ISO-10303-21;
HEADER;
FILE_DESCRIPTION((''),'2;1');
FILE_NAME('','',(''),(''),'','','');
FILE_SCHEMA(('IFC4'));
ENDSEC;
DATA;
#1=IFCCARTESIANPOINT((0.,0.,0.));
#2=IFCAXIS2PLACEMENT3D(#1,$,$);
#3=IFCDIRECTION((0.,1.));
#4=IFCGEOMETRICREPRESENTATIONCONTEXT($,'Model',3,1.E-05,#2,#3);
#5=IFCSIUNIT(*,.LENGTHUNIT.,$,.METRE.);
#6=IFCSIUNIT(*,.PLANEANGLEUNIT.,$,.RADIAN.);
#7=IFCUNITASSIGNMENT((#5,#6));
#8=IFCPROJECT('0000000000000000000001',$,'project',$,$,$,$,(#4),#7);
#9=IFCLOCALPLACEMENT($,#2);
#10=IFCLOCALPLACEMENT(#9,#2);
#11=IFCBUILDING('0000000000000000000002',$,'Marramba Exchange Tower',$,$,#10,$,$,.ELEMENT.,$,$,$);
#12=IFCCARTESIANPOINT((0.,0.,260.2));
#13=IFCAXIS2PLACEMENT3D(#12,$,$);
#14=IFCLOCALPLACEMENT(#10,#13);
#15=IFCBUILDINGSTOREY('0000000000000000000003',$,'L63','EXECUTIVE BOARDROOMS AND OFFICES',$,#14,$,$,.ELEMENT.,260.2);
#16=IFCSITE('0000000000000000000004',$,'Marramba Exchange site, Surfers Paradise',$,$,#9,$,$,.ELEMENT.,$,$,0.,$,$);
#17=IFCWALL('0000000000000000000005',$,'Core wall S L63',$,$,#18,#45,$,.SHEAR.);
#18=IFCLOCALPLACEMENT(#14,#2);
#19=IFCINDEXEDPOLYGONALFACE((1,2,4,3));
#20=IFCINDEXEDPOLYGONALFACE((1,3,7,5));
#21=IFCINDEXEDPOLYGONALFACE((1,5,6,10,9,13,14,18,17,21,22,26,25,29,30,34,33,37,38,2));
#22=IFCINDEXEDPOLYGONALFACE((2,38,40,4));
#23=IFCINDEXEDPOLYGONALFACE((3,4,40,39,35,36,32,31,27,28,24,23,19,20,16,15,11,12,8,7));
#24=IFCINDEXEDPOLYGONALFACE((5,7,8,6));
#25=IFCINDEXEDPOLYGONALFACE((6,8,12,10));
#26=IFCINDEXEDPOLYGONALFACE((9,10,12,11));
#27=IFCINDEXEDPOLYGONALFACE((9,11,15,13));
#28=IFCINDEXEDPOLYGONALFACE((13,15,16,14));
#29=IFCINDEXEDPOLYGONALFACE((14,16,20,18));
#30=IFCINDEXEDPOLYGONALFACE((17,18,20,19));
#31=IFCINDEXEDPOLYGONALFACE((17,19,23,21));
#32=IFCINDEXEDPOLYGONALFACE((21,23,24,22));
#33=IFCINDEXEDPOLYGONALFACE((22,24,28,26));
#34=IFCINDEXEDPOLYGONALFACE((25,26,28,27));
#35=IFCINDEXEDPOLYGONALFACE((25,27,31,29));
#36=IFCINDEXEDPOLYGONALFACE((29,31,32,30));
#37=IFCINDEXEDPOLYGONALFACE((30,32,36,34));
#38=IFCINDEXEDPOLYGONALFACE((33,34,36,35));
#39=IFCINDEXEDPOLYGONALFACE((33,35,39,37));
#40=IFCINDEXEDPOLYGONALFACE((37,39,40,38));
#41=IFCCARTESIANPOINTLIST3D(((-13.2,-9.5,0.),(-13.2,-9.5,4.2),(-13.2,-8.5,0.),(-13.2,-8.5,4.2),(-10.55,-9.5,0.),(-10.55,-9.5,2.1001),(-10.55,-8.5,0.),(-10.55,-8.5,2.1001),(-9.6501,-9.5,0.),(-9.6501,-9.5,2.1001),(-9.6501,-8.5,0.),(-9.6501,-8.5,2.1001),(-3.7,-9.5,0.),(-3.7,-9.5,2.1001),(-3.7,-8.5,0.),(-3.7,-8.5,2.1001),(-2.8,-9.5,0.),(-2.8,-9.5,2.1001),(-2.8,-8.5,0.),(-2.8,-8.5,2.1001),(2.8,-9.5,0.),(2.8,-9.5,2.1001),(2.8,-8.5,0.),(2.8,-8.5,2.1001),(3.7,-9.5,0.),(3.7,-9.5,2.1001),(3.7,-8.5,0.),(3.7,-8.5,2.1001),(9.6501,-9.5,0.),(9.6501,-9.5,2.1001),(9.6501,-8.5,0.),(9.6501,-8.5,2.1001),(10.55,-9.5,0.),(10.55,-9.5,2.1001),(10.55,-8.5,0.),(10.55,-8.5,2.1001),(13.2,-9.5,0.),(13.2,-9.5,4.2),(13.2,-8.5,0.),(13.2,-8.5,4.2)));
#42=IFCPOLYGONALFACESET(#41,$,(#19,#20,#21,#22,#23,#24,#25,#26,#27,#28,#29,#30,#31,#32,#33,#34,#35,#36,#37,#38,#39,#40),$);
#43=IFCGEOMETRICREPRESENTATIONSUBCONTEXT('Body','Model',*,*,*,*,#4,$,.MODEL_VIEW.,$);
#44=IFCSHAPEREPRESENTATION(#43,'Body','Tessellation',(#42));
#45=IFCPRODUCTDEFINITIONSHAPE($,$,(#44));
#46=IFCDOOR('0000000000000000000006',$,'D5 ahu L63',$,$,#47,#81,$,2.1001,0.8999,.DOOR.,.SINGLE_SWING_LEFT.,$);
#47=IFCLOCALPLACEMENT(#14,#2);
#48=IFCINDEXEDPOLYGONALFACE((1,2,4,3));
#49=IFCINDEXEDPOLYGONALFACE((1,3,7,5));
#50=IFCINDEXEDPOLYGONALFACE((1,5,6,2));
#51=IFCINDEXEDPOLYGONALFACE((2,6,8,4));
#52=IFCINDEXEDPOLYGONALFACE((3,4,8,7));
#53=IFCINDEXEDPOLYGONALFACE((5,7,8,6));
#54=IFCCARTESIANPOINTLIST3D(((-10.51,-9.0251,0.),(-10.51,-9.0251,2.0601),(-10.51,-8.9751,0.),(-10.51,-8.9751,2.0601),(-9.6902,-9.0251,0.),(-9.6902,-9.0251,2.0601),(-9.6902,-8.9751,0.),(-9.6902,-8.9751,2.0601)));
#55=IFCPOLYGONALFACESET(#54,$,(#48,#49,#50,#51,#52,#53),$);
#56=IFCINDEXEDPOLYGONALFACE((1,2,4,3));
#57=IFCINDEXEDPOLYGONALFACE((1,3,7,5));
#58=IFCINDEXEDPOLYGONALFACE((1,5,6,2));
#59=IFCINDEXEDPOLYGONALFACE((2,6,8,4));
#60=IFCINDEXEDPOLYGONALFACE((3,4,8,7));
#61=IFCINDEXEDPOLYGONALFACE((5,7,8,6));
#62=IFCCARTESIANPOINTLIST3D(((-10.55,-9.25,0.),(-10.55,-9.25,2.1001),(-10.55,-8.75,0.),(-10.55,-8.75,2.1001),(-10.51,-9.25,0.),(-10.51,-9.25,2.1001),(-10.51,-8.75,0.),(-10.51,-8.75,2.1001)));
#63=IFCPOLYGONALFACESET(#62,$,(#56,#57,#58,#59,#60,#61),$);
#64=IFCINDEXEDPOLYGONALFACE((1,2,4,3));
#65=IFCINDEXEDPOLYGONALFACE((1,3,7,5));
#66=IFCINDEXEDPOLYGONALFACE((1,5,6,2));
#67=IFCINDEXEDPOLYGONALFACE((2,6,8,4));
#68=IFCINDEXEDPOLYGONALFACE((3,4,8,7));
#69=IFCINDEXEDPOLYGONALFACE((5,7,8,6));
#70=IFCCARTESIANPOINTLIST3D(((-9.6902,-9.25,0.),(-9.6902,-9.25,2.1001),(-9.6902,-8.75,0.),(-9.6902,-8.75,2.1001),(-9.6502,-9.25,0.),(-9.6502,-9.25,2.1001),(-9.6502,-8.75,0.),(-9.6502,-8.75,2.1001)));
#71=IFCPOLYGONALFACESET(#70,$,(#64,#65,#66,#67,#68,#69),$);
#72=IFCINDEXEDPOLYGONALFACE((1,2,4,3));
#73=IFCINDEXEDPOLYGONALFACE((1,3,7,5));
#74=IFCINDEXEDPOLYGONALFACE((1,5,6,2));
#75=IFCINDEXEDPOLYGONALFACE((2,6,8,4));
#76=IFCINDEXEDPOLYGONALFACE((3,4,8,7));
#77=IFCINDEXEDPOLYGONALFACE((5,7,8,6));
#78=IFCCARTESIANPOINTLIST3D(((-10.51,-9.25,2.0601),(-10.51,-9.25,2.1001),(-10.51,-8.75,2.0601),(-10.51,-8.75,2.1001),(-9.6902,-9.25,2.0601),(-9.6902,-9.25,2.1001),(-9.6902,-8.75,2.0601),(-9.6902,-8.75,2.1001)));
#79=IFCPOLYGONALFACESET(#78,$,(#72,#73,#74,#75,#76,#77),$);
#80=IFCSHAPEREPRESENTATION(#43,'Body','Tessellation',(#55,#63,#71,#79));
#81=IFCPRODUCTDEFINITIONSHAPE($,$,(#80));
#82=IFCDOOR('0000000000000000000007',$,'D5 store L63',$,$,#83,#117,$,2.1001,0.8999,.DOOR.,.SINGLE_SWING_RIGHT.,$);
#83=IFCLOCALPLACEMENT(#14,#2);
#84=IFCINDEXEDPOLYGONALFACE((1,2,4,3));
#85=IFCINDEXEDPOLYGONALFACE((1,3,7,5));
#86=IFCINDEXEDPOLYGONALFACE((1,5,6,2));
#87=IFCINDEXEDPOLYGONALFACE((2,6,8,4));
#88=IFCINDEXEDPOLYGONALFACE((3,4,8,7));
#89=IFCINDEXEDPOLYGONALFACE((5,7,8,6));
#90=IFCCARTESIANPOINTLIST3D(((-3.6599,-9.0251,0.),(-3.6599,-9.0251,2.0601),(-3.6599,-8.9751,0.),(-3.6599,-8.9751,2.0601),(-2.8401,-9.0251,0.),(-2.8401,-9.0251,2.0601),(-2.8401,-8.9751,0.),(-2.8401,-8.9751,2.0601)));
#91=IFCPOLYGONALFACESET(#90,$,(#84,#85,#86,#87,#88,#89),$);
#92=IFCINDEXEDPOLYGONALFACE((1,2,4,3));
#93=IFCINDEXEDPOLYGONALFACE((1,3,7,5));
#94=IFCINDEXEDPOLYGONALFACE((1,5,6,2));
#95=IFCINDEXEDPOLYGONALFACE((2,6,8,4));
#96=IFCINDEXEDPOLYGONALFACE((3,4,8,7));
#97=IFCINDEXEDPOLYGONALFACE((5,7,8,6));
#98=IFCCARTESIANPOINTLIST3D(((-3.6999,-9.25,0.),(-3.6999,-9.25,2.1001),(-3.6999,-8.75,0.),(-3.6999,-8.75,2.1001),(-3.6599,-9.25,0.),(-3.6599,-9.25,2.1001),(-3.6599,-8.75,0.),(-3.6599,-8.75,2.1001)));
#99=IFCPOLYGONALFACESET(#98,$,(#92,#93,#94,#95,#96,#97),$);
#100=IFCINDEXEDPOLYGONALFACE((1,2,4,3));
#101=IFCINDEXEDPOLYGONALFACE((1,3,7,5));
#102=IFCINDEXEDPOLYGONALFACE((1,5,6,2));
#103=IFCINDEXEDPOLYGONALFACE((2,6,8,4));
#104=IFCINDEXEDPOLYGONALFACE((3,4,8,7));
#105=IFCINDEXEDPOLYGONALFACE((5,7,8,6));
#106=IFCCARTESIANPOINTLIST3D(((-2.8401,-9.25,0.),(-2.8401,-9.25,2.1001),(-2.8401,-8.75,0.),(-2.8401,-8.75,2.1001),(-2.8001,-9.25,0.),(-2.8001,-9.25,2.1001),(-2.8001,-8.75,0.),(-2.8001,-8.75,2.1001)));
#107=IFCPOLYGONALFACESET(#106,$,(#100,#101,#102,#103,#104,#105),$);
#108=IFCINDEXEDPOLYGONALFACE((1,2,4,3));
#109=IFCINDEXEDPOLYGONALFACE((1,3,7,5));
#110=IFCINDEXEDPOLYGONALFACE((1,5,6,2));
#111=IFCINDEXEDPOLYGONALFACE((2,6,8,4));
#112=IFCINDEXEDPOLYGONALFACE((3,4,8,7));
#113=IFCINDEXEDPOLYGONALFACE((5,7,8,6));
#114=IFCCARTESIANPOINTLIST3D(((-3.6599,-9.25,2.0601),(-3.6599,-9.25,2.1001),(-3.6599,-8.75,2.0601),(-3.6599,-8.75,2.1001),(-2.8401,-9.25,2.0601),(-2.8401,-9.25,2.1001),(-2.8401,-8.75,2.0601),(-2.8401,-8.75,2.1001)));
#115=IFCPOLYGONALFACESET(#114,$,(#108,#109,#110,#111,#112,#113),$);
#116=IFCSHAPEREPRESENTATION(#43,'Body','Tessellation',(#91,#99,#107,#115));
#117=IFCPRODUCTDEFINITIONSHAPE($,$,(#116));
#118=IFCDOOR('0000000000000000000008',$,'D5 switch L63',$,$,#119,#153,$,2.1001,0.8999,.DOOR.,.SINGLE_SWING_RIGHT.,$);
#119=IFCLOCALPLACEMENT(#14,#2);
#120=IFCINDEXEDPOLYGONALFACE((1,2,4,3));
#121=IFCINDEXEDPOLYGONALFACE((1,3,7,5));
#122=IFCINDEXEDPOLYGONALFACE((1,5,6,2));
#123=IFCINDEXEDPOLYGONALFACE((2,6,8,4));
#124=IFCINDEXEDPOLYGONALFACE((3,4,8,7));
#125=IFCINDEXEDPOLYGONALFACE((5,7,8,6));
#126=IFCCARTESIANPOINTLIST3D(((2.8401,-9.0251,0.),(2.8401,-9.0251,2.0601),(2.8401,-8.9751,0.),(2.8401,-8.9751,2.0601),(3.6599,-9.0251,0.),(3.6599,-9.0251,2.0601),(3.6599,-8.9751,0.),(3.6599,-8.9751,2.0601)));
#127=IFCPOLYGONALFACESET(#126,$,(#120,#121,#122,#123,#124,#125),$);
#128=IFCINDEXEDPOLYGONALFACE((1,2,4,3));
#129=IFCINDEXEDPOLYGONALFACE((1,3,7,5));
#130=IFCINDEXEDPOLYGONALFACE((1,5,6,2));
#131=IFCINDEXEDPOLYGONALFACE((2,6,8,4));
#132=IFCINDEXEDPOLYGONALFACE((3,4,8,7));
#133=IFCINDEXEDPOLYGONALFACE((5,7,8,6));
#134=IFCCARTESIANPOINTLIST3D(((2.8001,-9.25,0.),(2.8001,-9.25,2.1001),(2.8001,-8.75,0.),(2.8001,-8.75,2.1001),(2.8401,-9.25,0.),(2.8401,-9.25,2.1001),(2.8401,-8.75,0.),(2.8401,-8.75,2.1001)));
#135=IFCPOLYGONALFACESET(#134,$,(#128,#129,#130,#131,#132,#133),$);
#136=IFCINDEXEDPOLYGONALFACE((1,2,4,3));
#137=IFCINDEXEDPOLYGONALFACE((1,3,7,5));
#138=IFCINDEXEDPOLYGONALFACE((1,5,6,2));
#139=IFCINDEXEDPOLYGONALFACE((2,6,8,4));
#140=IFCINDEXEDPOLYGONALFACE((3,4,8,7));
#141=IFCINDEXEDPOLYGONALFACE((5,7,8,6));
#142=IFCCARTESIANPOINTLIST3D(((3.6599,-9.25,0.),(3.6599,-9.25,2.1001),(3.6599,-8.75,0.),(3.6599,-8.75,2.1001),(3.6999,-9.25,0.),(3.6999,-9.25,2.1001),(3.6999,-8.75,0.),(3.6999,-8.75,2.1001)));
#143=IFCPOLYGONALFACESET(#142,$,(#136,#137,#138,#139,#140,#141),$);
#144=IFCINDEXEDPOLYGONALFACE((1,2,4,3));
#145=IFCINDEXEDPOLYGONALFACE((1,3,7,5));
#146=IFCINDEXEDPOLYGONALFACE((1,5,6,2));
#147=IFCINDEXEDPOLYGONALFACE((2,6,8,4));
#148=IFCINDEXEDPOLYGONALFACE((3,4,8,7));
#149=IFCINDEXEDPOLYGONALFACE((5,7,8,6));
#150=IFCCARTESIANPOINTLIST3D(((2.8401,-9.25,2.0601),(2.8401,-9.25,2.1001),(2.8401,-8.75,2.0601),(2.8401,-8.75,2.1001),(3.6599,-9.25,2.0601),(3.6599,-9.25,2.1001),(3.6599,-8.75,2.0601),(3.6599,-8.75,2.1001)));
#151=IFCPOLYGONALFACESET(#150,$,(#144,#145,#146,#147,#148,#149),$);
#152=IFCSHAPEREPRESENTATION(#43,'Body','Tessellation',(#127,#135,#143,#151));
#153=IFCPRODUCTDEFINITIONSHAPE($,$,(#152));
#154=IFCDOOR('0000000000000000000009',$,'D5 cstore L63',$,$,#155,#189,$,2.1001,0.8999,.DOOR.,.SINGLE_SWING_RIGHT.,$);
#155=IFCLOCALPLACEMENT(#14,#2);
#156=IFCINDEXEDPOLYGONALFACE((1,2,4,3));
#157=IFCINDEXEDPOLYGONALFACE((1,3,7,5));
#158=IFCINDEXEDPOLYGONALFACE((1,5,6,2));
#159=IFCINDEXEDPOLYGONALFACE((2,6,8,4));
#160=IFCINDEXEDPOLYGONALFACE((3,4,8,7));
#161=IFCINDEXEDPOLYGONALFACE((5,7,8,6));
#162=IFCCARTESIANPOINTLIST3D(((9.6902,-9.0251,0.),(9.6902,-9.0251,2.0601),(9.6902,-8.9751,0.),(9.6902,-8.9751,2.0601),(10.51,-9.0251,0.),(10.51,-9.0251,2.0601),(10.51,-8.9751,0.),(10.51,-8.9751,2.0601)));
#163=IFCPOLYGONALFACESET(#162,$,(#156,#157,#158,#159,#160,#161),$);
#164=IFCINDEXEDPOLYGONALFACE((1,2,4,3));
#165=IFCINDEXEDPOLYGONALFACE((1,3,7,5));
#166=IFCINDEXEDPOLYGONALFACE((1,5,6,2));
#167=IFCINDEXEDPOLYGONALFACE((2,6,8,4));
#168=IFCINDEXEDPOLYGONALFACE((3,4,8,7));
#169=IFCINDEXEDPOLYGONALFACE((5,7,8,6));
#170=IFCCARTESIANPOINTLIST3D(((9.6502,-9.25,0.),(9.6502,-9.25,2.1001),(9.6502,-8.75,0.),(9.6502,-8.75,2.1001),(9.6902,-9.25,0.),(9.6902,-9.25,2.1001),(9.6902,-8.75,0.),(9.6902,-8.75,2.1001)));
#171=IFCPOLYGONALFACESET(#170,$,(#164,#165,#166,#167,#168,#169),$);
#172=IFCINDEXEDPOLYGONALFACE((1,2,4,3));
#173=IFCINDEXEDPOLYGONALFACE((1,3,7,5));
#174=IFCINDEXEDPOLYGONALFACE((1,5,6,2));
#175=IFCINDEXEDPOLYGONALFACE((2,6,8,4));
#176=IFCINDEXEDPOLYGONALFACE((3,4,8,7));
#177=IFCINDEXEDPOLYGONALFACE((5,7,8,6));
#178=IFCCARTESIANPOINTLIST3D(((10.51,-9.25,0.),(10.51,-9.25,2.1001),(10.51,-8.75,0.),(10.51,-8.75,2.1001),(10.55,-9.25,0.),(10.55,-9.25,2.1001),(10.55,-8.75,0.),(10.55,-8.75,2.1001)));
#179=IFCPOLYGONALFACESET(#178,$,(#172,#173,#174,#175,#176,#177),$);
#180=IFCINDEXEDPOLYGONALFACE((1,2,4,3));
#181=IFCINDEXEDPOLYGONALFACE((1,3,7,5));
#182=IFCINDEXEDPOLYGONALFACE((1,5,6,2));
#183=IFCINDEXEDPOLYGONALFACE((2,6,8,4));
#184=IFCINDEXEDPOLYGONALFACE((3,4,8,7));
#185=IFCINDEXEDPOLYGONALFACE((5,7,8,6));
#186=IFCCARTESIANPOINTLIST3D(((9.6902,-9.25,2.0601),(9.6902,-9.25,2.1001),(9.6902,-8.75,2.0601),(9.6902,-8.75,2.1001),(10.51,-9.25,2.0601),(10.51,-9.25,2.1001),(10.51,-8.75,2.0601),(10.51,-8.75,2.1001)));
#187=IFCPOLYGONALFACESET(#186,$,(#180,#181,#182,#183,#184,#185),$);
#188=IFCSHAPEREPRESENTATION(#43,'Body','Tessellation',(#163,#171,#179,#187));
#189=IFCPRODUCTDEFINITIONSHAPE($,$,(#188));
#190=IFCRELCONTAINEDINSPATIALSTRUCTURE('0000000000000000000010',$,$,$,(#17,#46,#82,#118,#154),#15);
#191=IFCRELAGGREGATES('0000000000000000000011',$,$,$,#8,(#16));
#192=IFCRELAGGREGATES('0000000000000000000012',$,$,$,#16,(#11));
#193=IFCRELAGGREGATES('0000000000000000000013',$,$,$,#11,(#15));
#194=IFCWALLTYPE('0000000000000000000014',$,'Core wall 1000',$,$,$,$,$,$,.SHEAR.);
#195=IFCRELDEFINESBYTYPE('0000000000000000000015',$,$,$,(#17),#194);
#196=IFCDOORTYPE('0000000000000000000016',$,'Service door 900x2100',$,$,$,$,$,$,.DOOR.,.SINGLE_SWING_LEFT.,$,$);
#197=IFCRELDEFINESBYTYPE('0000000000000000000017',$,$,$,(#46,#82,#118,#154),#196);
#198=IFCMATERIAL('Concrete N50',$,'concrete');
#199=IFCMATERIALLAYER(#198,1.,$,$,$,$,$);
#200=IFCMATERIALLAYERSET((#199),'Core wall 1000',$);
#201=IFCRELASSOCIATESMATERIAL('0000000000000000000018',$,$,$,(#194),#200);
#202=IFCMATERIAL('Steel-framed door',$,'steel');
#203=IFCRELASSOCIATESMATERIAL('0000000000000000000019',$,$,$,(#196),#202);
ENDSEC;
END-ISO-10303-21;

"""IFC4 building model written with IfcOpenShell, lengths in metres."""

from ifc_helpers import new_model, si_unit, direction, frame, frame_2d, origin, place, context, subcontext, project, spatial, rectangle, extrude, material, layer, layer_set, type_object, element, fill, save


model = new_model("IFC4")

# Units and contexts
model_context = context("Model", 3, precision=1e-05, world=origin(), true_north=direction((0.0, 1.0)))
body_context = subcontext(model_context, "Body", "Model", "MODEL_VIEW")
ifc_project = project(units=[si_unit("LENGTHUNIT", "METRE"), si_unit("PLANEANGLEUNIT", "RADIAN")], contexts=[model_context])

# Site, building, storey
site_placement = place(None, origin())
site = spatial("IfcSite", under=ifc_project, at=site_placement, Name="Marramba Exchange site, Surfers Paradise", CompositionType="ELEMENT", RefElevation=0.0)
building_placement = place(site_placement, origin())
building = spatial("IfcBuilding", under=site, at=building_placement, Name="Marramba Exchange Tower", CompositionType="ELEMENT")
storey_placement = place(building_placement, frame((0.0, 0.0, 260.2)))
storey = spatial("IfcBuildingStorey", under=building, at=storey_placement, Name="L63", Description="EXECUTIVE BOARDROOMS AND OFFICES", CompositionType="ELEMENT", Elevation=260.2)

# Shared definitions
ifc_material_1 = material(Name="Concrete N50", Category="concrete")

# Wall, openings, doors
ifc_layer_1 = layer(ifc_material_1, 1.0)
ifc_layer_set_1 = layer_set([ifc_layer_1], Name="Core wall 1000")
wall_type = type_object("IfcWallType", Name="Core wall 1000", PredefinedType="SHEAR", material=ifc_layer_set_1)
wall_placement = place(storey_placement, frame((-13.2, -9.0, 0.0), z_axis=(0.0, 0.0, 1.0), x_axis=(1.0, 0.0, 0.0)))
wall = element("IfcWall", 1, at=wall_placement, inside=storey, type_object=wall_type, Name="Core wall S L63", PredefinedType="SHEAR", context=body_context, shape_type="SweptSolid", body=[
    extrude(rectangle(XDim=26.3999, YDim=1.0, at=frame_2d((13.2, 0.0))), origin(), (0.0, 0.0, 1.0), 4.2),
])
opening_1_placement = place(wall_placement, frame((2.6499, 0.0, 0.0)))
opening_1 = element("IfcOpeningElement", 2, at=opening_1_placement, cuts=wall, PredefinedType="OPENING", context=body_context, shape_type="SweptSolid", body=[
    extrude(rectangle(XDim=0.8999, YDim=2.1001, at=frame_2d((0.45, 1.05))), frame((0.0, 0.51, 0.0), z_axis=(0.0, -1.0, 0.0), x_axis=(1.0, 0.0, 0.0)), (0.0, 0.0, 1.0), 1.02),
])
opening_2_placement = place(wall_placement, frame((9.5, 0.0, 0.0)))
opening_2 = element("IfcOpeningElement", 3, at=opening_2_placement, cuts=wall, PredefinedType="OPENING", context=body_context, shape_type="SweptSolid", body=[
    extrude(rectangle(XDim=0.8999, YDim=2.1001, at=frame_2d((0.45, 1.05))), frame((0.0, 0.51, 0.0), z_axis=(0.0, -1.0, 0.0), x_axis=(1.0, 0.0, 0.0)), (0.0, 0.0, 1.0), 1.02),
])
opening_3_placement = place(wall_placement, frame((16.0, 0.0, 0.0)))
opening_3 = element("IfcOpeningElement", 4, at=opening_3_placement, cuts=wall, PredefinedType="OPENING", context=body_context, shape_type="SweptSolid", body=[
    extrude(rectangle(XDim=0.8999, YDim=2.1001, at=frame_2d((0.45, 1.05))), frame((0.0, 0.51, 0.0), z_axis=(0.0, -1.0, 0.0), x_axis=(1.0, 0.0, 0.0)), (0.0, 0.0, 1.0), 1.02),
])
opening_4_placement = place(wall_placement, frame((22.8501, 0.0, 0.0)))
opening_4 = element("IfcOpeningElement", 5, at=opening_4_placement, cuts=wall, PredefinedType="OPENING", context=body_context, shape_type="SweptSolid", body=[
    extrude(rectangle(XDim=0.8999, YDim=2.1001, at=frame_2d((0.45, 1.05))), frame((0.0, 0.51, 0.0), z_axis=(0.0, -1.0, 0.0), x_axis=(1.0, 0.0, 0.0)), (0.0, 0.0, 1.0), 1.02),
])
ifc_material_2 = material(Name="Steel-framed door", Category="steel")
door_type = type_object("IfcDoorType", Name="Service door 900x2100", OperationType="SINGLE_SWING_LEFT", PredefinedType="DOOR", material=ifc_material_2)
door_1_placement = place(opening_1_placement, origin())
door_1 = element("IfcDoor", 6, at=door_1_placement, inside=storey, type_object=door_type, Name="D5 ahu L63", OperationType="SINGLE_SWING_LEFT", OverallHeight=2.1001, OverallWidth=0.8999, PredefinedType="DOOR", context=body_context, shape_type="SweptSolid", body=[
    extrude(rectangle(XDim=0.8198, YDim=2.0601, at=frame_2d((0.45, 1.03))), frame((0.0, 0.0249, 0.0), z_axis=(0.0, -1.0, 0.0), x_axis=(1.0, 0.0, 0.0)), (0.0, 0.0, 1.0), 0.05),
    extrude(rectangle(XDim=0.04, YDim=2.1001, at=frame_2d((0.02, 1.05))), frame((0.0, 0.25, 0.0), z_axis=(0.0, -1.0, 0.0), x_axis=(1.0, 0.0, 0.0)), (0.0, 0.0, 1.0), 0.5),
    extrude(rectangle(XDim=0.04, YDim=2.1001, at=frame_2d((0.8799, 1.05))), frame((0.0, 0.25, 0.0), z_axis=(0.0, -1.0, 0.0), x_axis=(1.0, 0.0, 0.0)), (0.0, 0.0, 1.0), 0.5),
    extrude(rectangle(XDim=0.8198, YDim=0.04, at=frame_2d((0.45, 2.0801))), frame((0.0, 0.25, 0.0), z_axis=(0.0, -1.0, 0.0), x_axis=(1.0, 0.0, 0.0)), (0.0, 0.0, 1.0), 0.5),
])
fill(opening_1, door_1)
door_2_placement = place(opening_2_placement, origin())
door_2 = element("IfcDoor", 7, at=door_2_placement, inside=storey, type_object=door_type, Name="D5 store L63", OperationType="SINGLE_SWING_RIGHT", OverallHeight=2.1001, OverallWidth=0.8999, PredefinedType="DOOR", context=body_context, shape_type="SweptSolid", body=[
    extrude(rectangle(XDim=0.8198, YDim=2.0601, at=frame_2d((0.45, 1.03))), frame((0.0, 0.0249, 0.0), z_axis=(0.0, -1.0, 0.0), x_axis=(1.0, 0.0, 0.0)), (0.0, 0.0, 1.0), 0.05),
    extrude(rectangle(XDim=0.04, YDim=2.1001, at=frame_2d((0.02, 1.05))), frame((0.0, 0.25, 0.0), z_axis=(0.0, -1.0, 0.0), x_axis=(1.0, 0.0, 0.0)), (0.0, 0.0, 1.0), 0.5),
    extrude(rectangle(XDim=0.04, YDim=2.1001, at=frame_2d((0.8799, 1.05))), frame((0.0, 0.25, 0.0), z_axis=(0.0, -1.0, 0.0), x_axis=(1.0, 0.0, 0.0)), (0.0, 0.0, 1.0), 0.5),
    extrude(rectangle(XDim=0.8198, YDim=0.04, at=frame_2d((0.45, 2.0801))), frame((0.0, 0.25, 0.0), z_axis=(0.0, -1.0, 0.0), x_axis=(1.0, 0.0, 0.0)), (0.0, 0.0, 1.0), 0.5),
])
fill(opening_2, door_2)
door_3_placement = place(opening_3_placement, origin())
door_3 = element("IfcDoor", 8, at=door_3_placement, inside=storey, type_object=door_type, Name="D5 switch L63", OperationType="SINGLE_SWING_RIGHT", OverallHeight=2.1001, OverallWidth=0.8999, PredefinedType="DOOR", context=body_context, shape_type="SweptSolid", body=[
    extrude(rectangle(XDim=0.8198, YDim=2.0601, at=frame_2d((0.45, 1.03))), frame((0.0, 0.0249, 0.0), z_axis=(0.0, -1.0, 0.0), x_axis=(1.0, 0.0, 0.0)), (0.0, 0.0, 1.0), 0.05),
    extrude(rectangle(XDim=0.04, YDim=2.1001, at=frame_2d((0.02, 1.05))), frame((0.0, 0.25, 0.0), z_axis=(0.0, -1.0, 0.0), x_axis=(1.0, 0.0, 0.0)), (0.0, 0.0, 1.0), 0.5),
    extrude(rectangle(XDim=0.04, YDim=2.1001, at=frame_2d((0.8799, 1.05))), frame((0.0, 0.25, 0.0), z_axis=(0.0, -1.0, 0.0), x_axis=(1.0, 0.0, 0.0)), (0.0, 0.0, 1.0), 0.5),
    extrude(rectangle(XDim=0.8198, YDim=0.04, at=frame_2d((0.45, 2.0801))), frame((0.0, 0.25, 0.0), z_axis=(0.0, -1.0, 0.0), x_axis=(1.0, 0.0, 0.0)), (0.0, 0.0, 1.0), 0.5),
])
fill(opening_3, door_3)
door_4_placement = place(opening_4_placement, origin())
door_4 = element("IfcDoor", 9, at=door_4_placement, inside=storey, type_object=door_type, Name="D5 cstore L63", OperationType="SINGLE_SWING_RIGHT", OverallHeight=2.1001, OverallWidth=0.8999, PredefinedType="DOOR", context=body_context, shape_type="SweptSolid", body=[
    extrude(rectangle(XDim=0.8198, YDim=2.0601, at=frame_2d((0.45, 1.03))), frame((0.0, 0.0249, 0.0), z_axis=(0.0, -1.0, 0.0), x_axis=(1.0, 0.0, 0.0)), (0.0, 0.0, 1.0), 0.05),
    extrude(rectangle(XDim=0.04, YDim=2.1001, at=frame_2d((0.02, 1.05))), frame((0.0, 0.25, 0.0), z_axis=(0.0, -1.0, 0.0), x_axis=(1.0, 0.0, 0.0)), (0.0, 0.0, 1.0), 0.5),
    extrude(rectangle(XDim=0.04, YDim=2.1001, at=frame_2d((0.8799, 1.05))), frame((0.0, 0.25, 0.0), z_axis=(0.0, -1.0, 0.0), x_axis=(1.0, 0.0, 0.0)), (0.0, 0.0, 1.0), 0.5),
    extrude(rectangle(XDim=0.8198, YDim=0.04, at=frame_2d((0.45, 2.0801))), frame((0.0, 0.25, 0.0), z_axis=(0.0, -1.0, 0.0), x_axis=(1.0, 0.0, 0.0)), (0.0, 0.0, 1.0), 0.5),
])
fill(opening_4, door_4)

save(model, "model.ifc")
